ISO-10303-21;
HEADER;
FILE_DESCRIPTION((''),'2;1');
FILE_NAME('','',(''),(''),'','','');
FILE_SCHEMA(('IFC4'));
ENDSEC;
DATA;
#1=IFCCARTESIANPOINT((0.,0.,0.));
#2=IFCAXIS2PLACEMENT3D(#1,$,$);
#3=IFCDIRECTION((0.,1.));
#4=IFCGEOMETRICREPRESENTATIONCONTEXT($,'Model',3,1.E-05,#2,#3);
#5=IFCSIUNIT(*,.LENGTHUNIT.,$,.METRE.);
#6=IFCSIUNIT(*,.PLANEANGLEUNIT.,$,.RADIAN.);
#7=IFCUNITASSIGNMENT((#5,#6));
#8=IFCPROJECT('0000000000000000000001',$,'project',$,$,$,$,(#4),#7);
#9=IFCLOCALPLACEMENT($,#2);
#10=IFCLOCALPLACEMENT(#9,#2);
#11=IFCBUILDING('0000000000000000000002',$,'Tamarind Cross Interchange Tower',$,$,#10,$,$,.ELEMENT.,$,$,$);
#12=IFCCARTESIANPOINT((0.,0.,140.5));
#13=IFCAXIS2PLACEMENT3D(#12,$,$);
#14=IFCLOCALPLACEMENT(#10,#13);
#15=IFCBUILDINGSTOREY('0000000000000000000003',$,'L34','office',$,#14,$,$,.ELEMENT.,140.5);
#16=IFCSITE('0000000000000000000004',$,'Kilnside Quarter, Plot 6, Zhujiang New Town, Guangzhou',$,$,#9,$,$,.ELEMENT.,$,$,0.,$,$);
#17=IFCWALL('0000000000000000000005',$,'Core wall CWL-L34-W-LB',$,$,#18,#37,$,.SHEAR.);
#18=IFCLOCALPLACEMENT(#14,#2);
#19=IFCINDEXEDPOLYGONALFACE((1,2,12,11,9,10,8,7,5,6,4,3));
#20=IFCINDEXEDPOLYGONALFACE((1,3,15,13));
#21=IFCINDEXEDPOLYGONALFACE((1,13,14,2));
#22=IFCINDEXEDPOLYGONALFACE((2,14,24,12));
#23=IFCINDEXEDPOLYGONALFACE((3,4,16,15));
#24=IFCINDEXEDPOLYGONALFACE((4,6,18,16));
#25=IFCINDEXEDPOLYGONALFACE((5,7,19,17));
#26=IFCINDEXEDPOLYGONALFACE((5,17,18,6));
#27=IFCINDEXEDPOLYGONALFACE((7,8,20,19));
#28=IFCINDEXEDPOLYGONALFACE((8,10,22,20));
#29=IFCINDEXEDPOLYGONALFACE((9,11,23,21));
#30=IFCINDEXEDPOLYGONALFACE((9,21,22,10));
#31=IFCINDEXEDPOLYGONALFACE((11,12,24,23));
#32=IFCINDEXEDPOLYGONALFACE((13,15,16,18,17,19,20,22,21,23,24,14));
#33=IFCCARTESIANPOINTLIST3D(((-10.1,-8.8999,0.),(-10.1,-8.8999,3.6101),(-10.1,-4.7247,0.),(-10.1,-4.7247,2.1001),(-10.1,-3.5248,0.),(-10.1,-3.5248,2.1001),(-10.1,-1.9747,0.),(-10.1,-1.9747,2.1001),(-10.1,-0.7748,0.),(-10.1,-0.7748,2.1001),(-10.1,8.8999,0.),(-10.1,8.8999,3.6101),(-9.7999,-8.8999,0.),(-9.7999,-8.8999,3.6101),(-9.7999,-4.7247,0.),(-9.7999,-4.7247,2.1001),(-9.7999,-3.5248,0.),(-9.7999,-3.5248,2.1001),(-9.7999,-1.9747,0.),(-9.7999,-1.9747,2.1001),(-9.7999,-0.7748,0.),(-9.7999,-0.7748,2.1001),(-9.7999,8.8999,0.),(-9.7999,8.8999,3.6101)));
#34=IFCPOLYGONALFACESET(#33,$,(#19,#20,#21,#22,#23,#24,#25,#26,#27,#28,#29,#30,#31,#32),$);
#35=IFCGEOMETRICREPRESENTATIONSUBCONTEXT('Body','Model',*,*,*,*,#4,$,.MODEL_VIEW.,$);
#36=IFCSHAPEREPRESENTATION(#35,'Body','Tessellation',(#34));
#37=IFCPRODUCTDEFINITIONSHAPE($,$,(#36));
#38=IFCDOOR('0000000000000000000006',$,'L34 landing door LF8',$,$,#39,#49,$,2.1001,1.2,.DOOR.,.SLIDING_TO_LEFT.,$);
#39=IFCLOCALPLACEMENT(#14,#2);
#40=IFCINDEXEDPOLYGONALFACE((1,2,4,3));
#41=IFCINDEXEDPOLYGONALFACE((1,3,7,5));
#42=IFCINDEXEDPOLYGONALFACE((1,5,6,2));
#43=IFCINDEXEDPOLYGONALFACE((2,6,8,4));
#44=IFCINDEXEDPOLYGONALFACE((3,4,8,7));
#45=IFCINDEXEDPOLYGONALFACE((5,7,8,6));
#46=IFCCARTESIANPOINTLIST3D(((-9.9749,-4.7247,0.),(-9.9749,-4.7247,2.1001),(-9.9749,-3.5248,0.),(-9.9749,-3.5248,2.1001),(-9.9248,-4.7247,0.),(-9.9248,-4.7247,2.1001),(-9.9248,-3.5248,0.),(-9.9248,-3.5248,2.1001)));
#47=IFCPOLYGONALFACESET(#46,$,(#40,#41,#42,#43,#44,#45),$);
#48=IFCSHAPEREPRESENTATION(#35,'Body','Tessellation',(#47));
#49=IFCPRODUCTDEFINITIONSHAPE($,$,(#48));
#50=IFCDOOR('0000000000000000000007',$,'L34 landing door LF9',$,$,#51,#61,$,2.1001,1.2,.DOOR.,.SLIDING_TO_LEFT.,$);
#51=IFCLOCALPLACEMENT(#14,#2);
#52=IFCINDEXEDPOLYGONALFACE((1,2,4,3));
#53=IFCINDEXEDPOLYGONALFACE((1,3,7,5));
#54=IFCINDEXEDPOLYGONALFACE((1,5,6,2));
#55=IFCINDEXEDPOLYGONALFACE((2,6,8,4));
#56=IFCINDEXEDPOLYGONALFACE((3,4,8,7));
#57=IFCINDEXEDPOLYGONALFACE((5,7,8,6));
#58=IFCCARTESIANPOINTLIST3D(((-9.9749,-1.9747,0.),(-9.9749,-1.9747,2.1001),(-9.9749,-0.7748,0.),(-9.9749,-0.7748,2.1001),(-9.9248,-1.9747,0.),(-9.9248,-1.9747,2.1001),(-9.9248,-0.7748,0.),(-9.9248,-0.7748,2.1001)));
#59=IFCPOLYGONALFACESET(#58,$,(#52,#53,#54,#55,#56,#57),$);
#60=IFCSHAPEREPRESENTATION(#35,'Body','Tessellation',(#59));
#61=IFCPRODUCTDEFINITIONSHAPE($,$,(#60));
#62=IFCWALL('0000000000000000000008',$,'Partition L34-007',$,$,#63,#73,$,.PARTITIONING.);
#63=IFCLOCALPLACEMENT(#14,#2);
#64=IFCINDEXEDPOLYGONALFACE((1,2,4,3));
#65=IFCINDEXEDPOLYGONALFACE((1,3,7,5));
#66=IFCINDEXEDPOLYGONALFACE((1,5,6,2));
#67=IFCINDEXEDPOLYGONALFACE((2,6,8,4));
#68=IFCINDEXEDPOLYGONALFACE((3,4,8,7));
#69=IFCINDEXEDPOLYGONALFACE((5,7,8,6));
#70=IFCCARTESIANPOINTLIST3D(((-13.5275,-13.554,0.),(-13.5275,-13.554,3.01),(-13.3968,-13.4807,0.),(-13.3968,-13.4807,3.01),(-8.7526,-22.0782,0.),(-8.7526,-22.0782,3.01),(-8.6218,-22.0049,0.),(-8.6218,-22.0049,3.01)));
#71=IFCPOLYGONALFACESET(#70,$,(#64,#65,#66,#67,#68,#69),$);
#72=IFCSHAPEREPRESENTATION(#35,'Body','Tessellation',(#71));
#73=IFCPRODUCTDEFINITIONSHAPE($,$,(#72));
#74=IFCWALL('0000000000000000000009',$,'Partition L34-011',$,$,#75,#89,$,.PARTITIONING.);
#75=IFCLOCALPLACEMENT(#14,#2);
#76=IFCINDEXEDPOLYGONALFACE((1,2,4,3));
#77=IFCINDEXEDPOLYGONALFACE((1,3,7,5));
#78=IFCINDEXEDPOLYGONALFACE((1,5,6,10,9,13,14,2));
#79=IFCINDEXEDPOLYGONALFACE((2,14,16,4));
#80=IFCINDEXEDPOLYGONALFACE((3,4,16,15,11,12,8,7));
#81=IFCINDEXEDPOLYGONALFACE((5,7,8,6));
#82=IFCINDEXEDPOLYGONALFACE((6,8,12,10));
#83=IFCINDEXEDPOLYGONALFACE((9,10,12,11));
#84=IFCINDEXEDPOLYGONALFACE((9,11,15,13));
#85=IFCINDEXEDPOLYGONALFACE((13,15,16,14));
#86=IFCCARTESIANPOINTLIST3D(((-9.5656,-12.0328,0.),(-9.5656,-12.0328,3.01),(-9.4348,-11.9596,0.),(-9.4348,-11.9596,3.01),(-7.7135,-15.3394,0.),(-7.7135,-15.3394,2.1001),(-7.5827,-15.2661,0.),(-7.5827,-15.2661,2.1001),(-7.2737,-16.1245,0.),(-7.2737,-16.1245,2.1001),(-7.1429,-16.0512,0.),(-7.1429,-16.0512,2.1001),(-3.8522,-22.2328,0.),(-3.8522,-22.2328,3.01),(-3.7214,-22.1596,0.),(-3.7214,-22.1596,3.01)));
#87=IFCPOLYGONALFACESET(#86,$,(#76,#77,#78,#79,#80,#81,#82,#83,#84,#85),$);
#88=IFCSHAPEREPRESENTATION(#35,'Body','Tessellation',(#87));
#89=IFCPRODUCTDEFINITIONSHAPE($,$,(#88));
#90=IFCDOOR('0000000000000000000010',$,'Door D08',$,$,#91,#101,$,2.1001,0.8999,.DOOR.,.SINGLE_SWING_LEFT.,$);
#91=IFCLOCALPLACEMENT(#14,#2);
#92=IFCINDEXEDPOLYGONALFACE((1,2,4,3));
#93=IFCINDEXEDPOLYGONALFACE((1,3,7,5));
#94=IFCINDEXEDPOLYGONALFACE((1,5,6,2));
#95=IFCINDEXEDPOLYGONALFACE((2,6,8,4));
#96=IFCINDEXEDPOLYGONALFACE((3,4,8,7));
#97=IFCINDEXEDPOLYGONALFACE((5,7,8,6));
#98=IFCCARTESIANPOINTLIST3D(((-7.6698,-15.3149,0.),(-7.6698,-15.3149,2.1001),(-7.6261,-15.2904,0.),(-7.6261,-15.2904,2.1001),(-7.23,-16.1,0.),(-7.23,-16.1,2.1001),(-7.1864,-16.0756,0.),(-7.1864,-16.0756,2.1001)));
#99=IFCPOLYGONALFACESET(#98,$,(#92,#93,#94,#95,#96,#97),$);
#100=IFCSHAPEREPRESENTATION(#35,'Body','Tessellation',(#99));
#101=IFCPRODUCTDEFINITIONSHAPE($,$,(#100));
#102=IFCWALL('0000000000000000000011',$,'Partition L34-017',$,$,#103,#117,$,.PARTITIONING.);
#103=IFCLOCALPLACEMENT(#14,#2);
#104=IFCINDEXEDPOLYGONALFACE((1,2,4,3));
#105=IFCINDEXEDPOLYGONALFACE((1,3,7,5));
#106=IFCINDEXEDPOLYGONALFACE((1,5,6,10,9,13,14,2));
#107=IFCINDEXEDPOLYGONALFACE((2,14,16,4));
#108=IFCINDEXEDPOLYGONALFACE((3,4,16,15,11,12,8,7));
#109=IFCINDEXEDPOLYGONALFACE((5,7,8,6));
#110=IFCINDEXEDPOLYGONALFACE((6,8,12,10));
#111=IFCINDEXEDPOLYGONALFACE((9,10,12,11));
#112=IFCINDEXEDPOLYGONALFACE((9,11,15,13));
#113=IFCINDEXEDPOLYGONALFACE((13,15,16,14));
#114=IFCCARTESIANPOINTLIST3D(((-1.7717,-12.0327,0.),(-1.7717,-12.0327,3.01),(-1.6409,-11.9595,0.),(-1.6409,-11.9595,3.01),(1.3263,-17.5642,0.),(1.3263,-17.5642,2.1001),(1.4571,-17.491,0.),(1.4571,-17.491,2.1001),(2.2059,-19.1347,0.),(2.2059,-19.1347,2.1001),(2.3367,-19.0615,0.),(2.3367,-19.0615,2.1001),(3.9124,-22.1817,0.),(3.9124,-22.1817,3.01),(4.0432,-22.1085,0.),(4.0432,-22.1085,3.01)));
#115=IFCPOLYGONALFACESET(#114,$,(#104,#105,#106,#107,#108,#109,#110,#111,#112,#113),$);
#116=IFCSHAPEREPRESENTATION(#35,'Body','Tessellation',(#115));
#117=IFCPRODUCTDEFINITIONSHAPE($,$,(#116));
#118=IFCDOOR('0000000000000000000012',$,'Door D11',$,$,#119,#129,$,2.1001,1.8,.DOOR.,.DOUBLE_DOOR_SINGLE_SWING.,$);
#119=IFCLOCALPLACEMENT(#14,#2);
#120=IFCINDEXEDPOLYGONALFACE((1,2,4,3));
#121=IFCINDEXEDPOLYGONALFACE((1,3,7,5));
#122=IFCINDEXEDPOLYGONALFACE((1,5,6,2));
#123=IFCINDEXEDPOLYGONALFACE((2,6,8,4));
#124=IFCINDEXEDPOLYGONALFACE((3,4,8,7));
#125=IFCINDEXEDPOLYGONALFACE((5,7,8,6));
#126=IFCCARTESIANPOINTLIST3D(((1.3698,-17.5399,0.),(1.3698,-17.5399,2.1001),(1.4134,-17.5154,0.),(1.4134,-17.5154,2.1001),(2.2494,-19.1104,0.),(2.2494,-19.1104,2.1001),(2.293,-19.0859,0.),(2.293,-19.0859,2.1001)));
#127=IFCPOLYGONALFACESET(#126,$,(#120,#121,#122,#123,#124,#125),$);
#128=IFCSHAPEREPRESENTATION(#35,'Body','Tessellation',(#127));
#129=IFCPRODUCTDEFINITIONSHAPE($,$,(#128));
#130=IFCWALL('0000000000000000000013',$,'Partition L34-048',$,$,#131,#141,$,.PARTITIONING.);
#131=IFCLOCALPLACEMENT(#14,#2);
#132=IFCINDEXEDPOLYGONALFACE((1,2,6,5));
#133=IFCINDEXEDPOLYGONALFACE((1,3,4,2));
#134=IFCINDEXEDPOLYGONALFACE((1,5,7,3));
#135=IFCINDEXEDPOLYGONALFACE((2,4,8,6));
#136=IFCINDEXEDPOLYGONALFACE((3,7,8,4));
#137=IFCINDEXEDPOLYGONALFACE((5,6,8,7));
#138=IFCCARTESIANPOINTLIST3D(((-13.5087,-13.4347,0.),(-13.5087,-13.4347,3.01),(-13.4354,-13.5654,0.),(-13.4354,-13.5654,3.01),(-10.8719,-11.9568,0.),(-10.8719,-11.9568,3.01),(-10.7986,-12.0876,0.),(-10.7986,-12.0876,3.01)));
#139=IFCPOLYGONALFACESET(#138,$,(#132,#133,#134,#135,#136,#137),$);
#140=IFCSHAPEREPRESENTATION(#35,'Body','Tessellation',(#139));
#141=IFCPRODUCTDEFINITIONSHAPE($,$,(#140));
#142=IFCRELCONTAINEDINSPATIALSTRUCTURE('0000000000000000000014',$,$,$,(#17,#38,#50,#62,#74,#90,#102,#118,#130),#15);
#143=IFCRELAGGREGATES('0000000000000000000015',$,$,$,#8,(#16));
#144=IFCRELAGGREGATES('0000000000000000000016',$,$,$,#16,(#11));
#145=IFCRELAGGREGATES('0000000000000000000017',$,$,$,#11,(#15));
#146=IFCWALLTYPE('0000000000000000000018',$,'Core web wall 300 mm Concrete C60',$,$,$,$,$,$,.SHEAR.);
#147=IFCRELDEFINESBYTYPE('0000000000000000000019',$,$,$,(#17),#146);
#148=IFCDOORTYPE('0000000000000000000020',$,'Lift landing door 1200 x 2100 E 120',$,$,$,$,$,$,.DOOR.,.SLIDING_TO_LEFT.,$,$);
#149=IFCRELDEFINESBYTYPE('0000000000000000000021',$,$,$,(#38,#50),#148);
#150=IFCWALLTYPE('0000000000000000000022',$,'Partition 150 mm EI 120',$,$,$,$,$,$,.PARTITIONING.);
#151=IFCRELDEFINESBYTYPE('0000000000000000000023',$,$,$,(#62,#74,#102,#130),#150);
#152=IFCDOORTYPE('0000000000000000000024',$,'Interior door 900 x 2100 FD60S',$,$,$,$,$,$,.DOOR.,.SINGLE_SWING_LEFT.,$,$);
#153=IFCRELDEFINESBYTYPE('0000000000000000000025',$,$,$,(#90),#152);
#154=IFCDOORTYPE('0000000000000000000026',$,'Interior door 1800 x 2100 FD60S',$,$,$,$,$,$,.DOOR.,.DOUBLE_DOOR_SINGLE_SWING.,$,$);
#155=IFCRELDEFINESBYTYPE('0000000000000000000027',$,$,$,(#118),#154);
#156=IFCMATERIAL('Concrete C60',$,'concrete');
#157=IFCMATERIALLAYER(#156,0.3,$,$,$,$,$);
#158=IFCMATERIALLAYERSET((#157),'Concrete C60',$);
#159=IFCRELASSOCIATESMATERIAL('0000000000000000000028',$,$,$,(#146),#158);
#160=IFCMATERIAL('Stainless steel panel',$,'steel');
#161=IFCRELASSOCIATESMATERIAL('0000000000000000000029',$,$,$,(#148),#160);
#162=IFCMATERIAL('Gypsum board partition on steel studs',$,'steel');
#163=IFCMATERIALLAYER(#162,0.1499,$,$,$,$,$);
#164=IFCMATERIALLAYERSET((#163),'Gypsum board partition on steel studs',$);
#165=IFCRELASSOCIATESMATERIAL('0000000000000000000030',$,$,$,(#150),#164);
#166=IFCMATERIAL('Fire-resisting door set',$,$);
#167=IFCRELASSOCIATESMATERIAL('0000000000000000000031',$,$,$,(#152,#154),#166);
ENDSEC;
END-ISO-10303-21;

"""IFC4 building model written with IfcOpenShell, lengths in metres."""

from ifc_helpers import new_model, si_unit, direction, frame, frame_2d, origin, place, context, subcontext, project, spatial, rectangle, extrude, material, layer, layer_set, type_object, element, fill, save


model = new_model("IFC4")

# Units and contexts
model_context = context("Model", 3, precision=1e-05, world=origin(), true_north=direction((0.0, 1.0)))
body_context = subcontext(model_context, "Body", "Model", "MODEL_VIEW")
ifc_project = project(units=[si_unit("LENGTHUNIT", "METRE"), si_unit("PLANEANGLEUNIT", "RADIAN")], contexts=[model_context])

# Site, building, storey
site_placement = place(None, origin())
site = spatial("IfcSite", under=ifc_project, at=site_placement, Name="Kilnside Quarter, Plot 6, Zhujiang New Town, Guangzhou", CompositionType="ELEMENT", RefElevation=0.0)
building_placement = place(site_placement, origin())
building = spatial("IfcBuilding", under=site, at=building_placement, Name="Tamarind Cross Interchange Tower", CompositionType="ELEMENT")
storey_placement = place(building_placement, frame((0.0, 0.0, 140.5)))
storey = spatial("IfcBuildingStorey", under=building, at=storey_placement, Name="L34", Description="office", CompositionType="ELEMENT", Elevation=140.5)

# Shared definitions
ifc_material_1 = material(Name="Concrete C60", Category="concrete")

# Wall, openings, doors
ifc_layer_1 = layer(ifc_material_1, 0.3)
ifc_layer_set_1 = layer_set([ifc_layer_1], Name="Concrete C60")
wall_type_1 = type_object("IfcWallType", Name="Core web wall 300 mm Concrete C60", PredefinedType="SHEAR", material=ifc_layer_set_1)
ifc_material_2 = material(Name="Stainless steel panel", Category="steel")
wall_1_placement = place(storey_placement, frame((-9.95, -8.8999, 0.0), z_axis=(0.0, 0.0, 1.0), x_axis=(0.0, 1.0, 0.0)))
wall_1 = element("IfcWall", 1, at=wall_1_placement, inside=storey, type_object=wall_type_1, Name="Core wall CWL-L34-W-LB", PredefinedType="SHEAR", context=body_context, shape_type="SweptSolid", body=[
    extrude(rectangle(XDim=17.7998, YDim=0.3, at=frame_2d((8.8999, 0.0))), origin(), (0.0, 0.0, 1.0), 3.6101),
])
opening_1_placement = place(wall_1_placement, frame((4.175, 0.0, 0.0)))
opening_1 = element("IfcOpeningElement", 2, at=opening_1_placement, cuts=wall_1, PredefinedType="OPENING", context=body_context, shape_type="SweptSolid", body=[
    extrude(rectangle(XDim=1.2, YDim=2.1001, at=frame_2d((0.6001, 1.05))), frame((0.0, 0.1599, 0.0), z_axis=(0.0, -1.0, 0.0), x_axis=(1.0, 0.0, 0.0)), (0.0, 0.0, 1.0), 0.3201),
])
opening_2_placement = place(wall_1_placement, frame((6.925, 0.0, 0.0)))
opening_2 = element("IfcOpeningElement", 3, at=opening_2_placement, cuts=wall_1, PredefinedType="OPENING", context=body_context, shape_type="SweptSolid", body=[
    extrude(rectangle(XDim=1.2, YDim=2.1001, at=frame_2d((0.6001, 1.05))), frame((0.0, 0.1599, 0.0), z_axis=(0.0, -1.0, 0.0), x_axis=(1.0, 0.0, 0.0)), (0.0, 0.0, 1.0), 0.3201),
])
door_type_1 = type_object("IfcDoorType", Name="Lift landing door 1200 x 2100 E 120", OperationType="SLIDING_TO_LEFT", PredefinedType="DOOR", material=ifc_material_2)
door_1_placement = place(opening_1_placement, origin())
door_1 = element("IfcDoor", 4, at=door_1_placement, inside=storey, type_object=door_type_1, Name="L34 landing door LF8", OperationType="SLIDING_TO_LEFT", OverallHeight=2.1001, OverallWidth=1.2, PredefinedType="DOOR", context=body_context, shape_type="SweptSolid", body=[
    extrude(rectangle(XDim=1.2, YDim=2.1001, at=frame_2d((0.6001, 1.05))), frame((0.0, 0.0249, 0.0), z_axis=(0.0, -1.0, 0.0), x_axis=(1.0, 0.0, 0.0)), (0.0, 0.0, 1.0), 0.05),
])
fill(opening_1, door_1)
door_2_placement = place(opening_2_placement, origin())
door_2 = element("IfcDoor", 5, at=door_2_placement, inside=storey, type_object=door_type_1, Name="L34 landing door LF9", OperationType="SLIDING_TO_LEFT", OverallHeight=2.1001, OverallWidth=1.2, PredefinedType="DOOR", context=body_context, shape_type="SweptSolid", body=[
    extrude(rectangle(XDim=1.2, YDim=2.1001, at=frame_2d((0.6001, 1.05))), frame((0.0, 0.0249, 0.0), z_axis=(0.0, -1.0, 0.0), x_axis=(1.0, 0.0, 0.0)), (0.0, 0.0, 1.0), 0.05),
])
fill(opening_2, door_2)

# Wall
ifc_material_3 = material(Name="Gypsum board partition on steel studs", Category="steel")
ifc_layer_2 = layer(ifc_material_3, 0.1499)
ifc_layer_set_2 = layer_set([ifc_layer_2], Name="Gypsum board partition on steel studs")
wall_type_2 = type_object("IfcWallType", Name="Partition 150 mm EI 120", PredefinedType="PARTITIONING", material=ifc_layer_set_2)
wall_2_placement = place(storey_placement, frame((-13.4622, -13.5173, 0.0), z_axis=(0.0, 0.0, 1.0), x_axis=(0.48871, -0.872446, 0.0)))
element("IfcWall", 6, at=wall_2_placement, inside=storey, type_object=wall_type_2, Name="Partition L34-007", PredefinedType="PARTITIONING", context=body_context, shape_type="SweptSolid", body=[
    extrude(rectangle(XDim=9.7705, YDim=0.1499, at=frame_2d((4.8853, 0.0))), origin(), (0.0, 0.0, 1.0), 3.01),
])

# Walls, openings, doors
wall_3_placement = place(storey_placement, frame((-9.5002, -11.9961, 0.0), z_axis=(0.0, 0.0, 1.0), x_axis=(0.488695, -0.872455, 0.0)))
wall_3 = element("IfcWall", 7, at=wall_3_placement, inside=storey, type_object=wall_type_2, Name="Partition L34-011", PredefinedType="PARTITIONING", context=body_context, shape_type="SweptSolid", body=[
    extrude(rectangle(XDim=11.6912, YDim=0.1499, at=frame_2d((5.8457, 0.0))), origin(), (0.0, 0.0, 1.0), 3.01),
])
opening_3_placement = place(wall_3_placement, frame((3.79, 0.0, 0.0)))
opening_3 = element("IfcOpeningElement", 8, at=opening_3_placement, cuts=wall_3, PredefinedType="OPENING", context=body_context, shape_type="SweptSolid", body=[
    extrude(rectangle(XDim=0.8999, YDim=2.1001, at=frame_2d((0.45, 1.05))), frame((0.0, 0.085, 0.0), z_axis=(0.0, -1.0, 0.0), x_axis=(1.0, 0.0, 0.0)), (0.0, 0.0, 1.0), 0.1699),
])
ifc_material_4 = material(Name="Fire-resisting door set")
door_type_2 = type_object("IfcDoorType", Name="Interior door 900 x 2100 FD60S", OperationType="SINGLE_SWING_LEFT", PredefinedType="DOOR", material=ifc_material_4)
door_3_placement = place(opening_3_placement, frame((0.8999, 0.0, 0.0), z_axis=(0.0, 0.0, 1.0), x_axis=(-1.0, 0.0, 0.0)))
door_3 = element("IfcDoor", 9, at=door_3_placement, inside=storey, type_object=door_type_2, Name="Door D08", OperationType="SINGLE_SWING_LEFT", OverallHeight=2.1001, OverallWidth=0.8999, PredefinedType="DOOR", context=body_context, shape_type="SweptSolid", body=[
    extrude(rectangle(XDim=0.8999, YDim=2.1001, at=frame_2d((0.45, 1.05))), frame((0.0, 0.0249, 0.0), z_axis=(0.0, -1.0, 0.0), x_axis=(1.0, 0.0, 0.0)), (0.0, 0.0, 1.0), 0.05),
])
fill(opening_3, door_3)
wall_4_placement = place(storey_placement, frame((-1.7063, -11.9961, 0.0), z_axis=(0.0, 0.0, 1.0), x_axis=(0.488648, -0.872481, 0.0)))
wall_4 = element("IfcWall", 10, at=wall_4_placement, inside=storey, type_object=wall_type_2, Name="Partition L34-017", PredefinedType="PARTITIONING", context=body_context, shape_type="SweptSolid", body=[
    extrude(rectangle(XDim=11.6323, YDim=0.1499, at=frame_2d((5.8162, 0.0))), origin(), (0.0, 0.0, 1.0), 3.01),
])
opening_4_placement = place(wall_4_placement, frame((6.3401, 0.0, 0.0)))
opening_4 = element("IfcOpeningElement", 11, at=opening_4_placement, cuts=wall_4, PredefinedType="OPENING", context=body_context, shape_type="SweptSolid", body=[
    extrude(rectangle(XDim=1.8, YDim=2.1001, at=frame_2d((0.8999, 1.05))), frame((0.0, 0.085, 0.0), z_axis=(0.0, -1.0, 0.0), x_axis=(1.0, 0.0, 0.0)), (0.0, 0.0, 1.0), 0.1699),
])
door_type_3 = type_object("IfcDoorType", Name="Interior door 1800 x 2100 FD60S", OperationType="DOUBLE_DOOR_SINGLE_SWING", PredefinedType="DOOR", material=ifc_material_4)
door_4_placement = place(opening_4_placement, origin())
door_4 = element("IfcDoor", 12, at=door_4_placement, inside=storey, type_object=door_type_3, Name="Door D11", OperationType="DOUBLE_DOOR_SINGLE_SWING", OverallHeight=2.1001, OverallWidth=1.8, PredefinedType="DOOR", context=body_context, shape_type="SweptSolid", body=[
    extrude(rectangle(XDim=1.8, YDim=2.1001, at=frame_2d((0.8999, 1.05))), frame((0.0, 0.0249, 0.0), z_axis=(0.0, -1.0, 0.0), x_axis=(1.0, 0.0, 0.0)), (0.0, 0.0, 1.0), 0.05),
])
fill(opening_4, door_4)

# Wall
wall_5_placement = place(storey_placement, frame((-13.4719, -13.5, 0.0), z_axis=(0.0, 0.0, 1.0), x_axis=(0.872334, 0.488911, 0.0)))
element("IfcWall", 13, at=wall_5_placement, inside=storey, type_object=wall_type_2, Name="Partition L34-048", PredefinedType="PARTITIONING", context=body_context, shape_type="SweptSolid", body=[
    extrude(rectangle(XDim=3.0227, YDim=0.1499, at=frame_2d((1.5112, 0.0))), origin(), (0.0, 0.0, 1.0), 3.01),
])

save(model, "model.ifc")
